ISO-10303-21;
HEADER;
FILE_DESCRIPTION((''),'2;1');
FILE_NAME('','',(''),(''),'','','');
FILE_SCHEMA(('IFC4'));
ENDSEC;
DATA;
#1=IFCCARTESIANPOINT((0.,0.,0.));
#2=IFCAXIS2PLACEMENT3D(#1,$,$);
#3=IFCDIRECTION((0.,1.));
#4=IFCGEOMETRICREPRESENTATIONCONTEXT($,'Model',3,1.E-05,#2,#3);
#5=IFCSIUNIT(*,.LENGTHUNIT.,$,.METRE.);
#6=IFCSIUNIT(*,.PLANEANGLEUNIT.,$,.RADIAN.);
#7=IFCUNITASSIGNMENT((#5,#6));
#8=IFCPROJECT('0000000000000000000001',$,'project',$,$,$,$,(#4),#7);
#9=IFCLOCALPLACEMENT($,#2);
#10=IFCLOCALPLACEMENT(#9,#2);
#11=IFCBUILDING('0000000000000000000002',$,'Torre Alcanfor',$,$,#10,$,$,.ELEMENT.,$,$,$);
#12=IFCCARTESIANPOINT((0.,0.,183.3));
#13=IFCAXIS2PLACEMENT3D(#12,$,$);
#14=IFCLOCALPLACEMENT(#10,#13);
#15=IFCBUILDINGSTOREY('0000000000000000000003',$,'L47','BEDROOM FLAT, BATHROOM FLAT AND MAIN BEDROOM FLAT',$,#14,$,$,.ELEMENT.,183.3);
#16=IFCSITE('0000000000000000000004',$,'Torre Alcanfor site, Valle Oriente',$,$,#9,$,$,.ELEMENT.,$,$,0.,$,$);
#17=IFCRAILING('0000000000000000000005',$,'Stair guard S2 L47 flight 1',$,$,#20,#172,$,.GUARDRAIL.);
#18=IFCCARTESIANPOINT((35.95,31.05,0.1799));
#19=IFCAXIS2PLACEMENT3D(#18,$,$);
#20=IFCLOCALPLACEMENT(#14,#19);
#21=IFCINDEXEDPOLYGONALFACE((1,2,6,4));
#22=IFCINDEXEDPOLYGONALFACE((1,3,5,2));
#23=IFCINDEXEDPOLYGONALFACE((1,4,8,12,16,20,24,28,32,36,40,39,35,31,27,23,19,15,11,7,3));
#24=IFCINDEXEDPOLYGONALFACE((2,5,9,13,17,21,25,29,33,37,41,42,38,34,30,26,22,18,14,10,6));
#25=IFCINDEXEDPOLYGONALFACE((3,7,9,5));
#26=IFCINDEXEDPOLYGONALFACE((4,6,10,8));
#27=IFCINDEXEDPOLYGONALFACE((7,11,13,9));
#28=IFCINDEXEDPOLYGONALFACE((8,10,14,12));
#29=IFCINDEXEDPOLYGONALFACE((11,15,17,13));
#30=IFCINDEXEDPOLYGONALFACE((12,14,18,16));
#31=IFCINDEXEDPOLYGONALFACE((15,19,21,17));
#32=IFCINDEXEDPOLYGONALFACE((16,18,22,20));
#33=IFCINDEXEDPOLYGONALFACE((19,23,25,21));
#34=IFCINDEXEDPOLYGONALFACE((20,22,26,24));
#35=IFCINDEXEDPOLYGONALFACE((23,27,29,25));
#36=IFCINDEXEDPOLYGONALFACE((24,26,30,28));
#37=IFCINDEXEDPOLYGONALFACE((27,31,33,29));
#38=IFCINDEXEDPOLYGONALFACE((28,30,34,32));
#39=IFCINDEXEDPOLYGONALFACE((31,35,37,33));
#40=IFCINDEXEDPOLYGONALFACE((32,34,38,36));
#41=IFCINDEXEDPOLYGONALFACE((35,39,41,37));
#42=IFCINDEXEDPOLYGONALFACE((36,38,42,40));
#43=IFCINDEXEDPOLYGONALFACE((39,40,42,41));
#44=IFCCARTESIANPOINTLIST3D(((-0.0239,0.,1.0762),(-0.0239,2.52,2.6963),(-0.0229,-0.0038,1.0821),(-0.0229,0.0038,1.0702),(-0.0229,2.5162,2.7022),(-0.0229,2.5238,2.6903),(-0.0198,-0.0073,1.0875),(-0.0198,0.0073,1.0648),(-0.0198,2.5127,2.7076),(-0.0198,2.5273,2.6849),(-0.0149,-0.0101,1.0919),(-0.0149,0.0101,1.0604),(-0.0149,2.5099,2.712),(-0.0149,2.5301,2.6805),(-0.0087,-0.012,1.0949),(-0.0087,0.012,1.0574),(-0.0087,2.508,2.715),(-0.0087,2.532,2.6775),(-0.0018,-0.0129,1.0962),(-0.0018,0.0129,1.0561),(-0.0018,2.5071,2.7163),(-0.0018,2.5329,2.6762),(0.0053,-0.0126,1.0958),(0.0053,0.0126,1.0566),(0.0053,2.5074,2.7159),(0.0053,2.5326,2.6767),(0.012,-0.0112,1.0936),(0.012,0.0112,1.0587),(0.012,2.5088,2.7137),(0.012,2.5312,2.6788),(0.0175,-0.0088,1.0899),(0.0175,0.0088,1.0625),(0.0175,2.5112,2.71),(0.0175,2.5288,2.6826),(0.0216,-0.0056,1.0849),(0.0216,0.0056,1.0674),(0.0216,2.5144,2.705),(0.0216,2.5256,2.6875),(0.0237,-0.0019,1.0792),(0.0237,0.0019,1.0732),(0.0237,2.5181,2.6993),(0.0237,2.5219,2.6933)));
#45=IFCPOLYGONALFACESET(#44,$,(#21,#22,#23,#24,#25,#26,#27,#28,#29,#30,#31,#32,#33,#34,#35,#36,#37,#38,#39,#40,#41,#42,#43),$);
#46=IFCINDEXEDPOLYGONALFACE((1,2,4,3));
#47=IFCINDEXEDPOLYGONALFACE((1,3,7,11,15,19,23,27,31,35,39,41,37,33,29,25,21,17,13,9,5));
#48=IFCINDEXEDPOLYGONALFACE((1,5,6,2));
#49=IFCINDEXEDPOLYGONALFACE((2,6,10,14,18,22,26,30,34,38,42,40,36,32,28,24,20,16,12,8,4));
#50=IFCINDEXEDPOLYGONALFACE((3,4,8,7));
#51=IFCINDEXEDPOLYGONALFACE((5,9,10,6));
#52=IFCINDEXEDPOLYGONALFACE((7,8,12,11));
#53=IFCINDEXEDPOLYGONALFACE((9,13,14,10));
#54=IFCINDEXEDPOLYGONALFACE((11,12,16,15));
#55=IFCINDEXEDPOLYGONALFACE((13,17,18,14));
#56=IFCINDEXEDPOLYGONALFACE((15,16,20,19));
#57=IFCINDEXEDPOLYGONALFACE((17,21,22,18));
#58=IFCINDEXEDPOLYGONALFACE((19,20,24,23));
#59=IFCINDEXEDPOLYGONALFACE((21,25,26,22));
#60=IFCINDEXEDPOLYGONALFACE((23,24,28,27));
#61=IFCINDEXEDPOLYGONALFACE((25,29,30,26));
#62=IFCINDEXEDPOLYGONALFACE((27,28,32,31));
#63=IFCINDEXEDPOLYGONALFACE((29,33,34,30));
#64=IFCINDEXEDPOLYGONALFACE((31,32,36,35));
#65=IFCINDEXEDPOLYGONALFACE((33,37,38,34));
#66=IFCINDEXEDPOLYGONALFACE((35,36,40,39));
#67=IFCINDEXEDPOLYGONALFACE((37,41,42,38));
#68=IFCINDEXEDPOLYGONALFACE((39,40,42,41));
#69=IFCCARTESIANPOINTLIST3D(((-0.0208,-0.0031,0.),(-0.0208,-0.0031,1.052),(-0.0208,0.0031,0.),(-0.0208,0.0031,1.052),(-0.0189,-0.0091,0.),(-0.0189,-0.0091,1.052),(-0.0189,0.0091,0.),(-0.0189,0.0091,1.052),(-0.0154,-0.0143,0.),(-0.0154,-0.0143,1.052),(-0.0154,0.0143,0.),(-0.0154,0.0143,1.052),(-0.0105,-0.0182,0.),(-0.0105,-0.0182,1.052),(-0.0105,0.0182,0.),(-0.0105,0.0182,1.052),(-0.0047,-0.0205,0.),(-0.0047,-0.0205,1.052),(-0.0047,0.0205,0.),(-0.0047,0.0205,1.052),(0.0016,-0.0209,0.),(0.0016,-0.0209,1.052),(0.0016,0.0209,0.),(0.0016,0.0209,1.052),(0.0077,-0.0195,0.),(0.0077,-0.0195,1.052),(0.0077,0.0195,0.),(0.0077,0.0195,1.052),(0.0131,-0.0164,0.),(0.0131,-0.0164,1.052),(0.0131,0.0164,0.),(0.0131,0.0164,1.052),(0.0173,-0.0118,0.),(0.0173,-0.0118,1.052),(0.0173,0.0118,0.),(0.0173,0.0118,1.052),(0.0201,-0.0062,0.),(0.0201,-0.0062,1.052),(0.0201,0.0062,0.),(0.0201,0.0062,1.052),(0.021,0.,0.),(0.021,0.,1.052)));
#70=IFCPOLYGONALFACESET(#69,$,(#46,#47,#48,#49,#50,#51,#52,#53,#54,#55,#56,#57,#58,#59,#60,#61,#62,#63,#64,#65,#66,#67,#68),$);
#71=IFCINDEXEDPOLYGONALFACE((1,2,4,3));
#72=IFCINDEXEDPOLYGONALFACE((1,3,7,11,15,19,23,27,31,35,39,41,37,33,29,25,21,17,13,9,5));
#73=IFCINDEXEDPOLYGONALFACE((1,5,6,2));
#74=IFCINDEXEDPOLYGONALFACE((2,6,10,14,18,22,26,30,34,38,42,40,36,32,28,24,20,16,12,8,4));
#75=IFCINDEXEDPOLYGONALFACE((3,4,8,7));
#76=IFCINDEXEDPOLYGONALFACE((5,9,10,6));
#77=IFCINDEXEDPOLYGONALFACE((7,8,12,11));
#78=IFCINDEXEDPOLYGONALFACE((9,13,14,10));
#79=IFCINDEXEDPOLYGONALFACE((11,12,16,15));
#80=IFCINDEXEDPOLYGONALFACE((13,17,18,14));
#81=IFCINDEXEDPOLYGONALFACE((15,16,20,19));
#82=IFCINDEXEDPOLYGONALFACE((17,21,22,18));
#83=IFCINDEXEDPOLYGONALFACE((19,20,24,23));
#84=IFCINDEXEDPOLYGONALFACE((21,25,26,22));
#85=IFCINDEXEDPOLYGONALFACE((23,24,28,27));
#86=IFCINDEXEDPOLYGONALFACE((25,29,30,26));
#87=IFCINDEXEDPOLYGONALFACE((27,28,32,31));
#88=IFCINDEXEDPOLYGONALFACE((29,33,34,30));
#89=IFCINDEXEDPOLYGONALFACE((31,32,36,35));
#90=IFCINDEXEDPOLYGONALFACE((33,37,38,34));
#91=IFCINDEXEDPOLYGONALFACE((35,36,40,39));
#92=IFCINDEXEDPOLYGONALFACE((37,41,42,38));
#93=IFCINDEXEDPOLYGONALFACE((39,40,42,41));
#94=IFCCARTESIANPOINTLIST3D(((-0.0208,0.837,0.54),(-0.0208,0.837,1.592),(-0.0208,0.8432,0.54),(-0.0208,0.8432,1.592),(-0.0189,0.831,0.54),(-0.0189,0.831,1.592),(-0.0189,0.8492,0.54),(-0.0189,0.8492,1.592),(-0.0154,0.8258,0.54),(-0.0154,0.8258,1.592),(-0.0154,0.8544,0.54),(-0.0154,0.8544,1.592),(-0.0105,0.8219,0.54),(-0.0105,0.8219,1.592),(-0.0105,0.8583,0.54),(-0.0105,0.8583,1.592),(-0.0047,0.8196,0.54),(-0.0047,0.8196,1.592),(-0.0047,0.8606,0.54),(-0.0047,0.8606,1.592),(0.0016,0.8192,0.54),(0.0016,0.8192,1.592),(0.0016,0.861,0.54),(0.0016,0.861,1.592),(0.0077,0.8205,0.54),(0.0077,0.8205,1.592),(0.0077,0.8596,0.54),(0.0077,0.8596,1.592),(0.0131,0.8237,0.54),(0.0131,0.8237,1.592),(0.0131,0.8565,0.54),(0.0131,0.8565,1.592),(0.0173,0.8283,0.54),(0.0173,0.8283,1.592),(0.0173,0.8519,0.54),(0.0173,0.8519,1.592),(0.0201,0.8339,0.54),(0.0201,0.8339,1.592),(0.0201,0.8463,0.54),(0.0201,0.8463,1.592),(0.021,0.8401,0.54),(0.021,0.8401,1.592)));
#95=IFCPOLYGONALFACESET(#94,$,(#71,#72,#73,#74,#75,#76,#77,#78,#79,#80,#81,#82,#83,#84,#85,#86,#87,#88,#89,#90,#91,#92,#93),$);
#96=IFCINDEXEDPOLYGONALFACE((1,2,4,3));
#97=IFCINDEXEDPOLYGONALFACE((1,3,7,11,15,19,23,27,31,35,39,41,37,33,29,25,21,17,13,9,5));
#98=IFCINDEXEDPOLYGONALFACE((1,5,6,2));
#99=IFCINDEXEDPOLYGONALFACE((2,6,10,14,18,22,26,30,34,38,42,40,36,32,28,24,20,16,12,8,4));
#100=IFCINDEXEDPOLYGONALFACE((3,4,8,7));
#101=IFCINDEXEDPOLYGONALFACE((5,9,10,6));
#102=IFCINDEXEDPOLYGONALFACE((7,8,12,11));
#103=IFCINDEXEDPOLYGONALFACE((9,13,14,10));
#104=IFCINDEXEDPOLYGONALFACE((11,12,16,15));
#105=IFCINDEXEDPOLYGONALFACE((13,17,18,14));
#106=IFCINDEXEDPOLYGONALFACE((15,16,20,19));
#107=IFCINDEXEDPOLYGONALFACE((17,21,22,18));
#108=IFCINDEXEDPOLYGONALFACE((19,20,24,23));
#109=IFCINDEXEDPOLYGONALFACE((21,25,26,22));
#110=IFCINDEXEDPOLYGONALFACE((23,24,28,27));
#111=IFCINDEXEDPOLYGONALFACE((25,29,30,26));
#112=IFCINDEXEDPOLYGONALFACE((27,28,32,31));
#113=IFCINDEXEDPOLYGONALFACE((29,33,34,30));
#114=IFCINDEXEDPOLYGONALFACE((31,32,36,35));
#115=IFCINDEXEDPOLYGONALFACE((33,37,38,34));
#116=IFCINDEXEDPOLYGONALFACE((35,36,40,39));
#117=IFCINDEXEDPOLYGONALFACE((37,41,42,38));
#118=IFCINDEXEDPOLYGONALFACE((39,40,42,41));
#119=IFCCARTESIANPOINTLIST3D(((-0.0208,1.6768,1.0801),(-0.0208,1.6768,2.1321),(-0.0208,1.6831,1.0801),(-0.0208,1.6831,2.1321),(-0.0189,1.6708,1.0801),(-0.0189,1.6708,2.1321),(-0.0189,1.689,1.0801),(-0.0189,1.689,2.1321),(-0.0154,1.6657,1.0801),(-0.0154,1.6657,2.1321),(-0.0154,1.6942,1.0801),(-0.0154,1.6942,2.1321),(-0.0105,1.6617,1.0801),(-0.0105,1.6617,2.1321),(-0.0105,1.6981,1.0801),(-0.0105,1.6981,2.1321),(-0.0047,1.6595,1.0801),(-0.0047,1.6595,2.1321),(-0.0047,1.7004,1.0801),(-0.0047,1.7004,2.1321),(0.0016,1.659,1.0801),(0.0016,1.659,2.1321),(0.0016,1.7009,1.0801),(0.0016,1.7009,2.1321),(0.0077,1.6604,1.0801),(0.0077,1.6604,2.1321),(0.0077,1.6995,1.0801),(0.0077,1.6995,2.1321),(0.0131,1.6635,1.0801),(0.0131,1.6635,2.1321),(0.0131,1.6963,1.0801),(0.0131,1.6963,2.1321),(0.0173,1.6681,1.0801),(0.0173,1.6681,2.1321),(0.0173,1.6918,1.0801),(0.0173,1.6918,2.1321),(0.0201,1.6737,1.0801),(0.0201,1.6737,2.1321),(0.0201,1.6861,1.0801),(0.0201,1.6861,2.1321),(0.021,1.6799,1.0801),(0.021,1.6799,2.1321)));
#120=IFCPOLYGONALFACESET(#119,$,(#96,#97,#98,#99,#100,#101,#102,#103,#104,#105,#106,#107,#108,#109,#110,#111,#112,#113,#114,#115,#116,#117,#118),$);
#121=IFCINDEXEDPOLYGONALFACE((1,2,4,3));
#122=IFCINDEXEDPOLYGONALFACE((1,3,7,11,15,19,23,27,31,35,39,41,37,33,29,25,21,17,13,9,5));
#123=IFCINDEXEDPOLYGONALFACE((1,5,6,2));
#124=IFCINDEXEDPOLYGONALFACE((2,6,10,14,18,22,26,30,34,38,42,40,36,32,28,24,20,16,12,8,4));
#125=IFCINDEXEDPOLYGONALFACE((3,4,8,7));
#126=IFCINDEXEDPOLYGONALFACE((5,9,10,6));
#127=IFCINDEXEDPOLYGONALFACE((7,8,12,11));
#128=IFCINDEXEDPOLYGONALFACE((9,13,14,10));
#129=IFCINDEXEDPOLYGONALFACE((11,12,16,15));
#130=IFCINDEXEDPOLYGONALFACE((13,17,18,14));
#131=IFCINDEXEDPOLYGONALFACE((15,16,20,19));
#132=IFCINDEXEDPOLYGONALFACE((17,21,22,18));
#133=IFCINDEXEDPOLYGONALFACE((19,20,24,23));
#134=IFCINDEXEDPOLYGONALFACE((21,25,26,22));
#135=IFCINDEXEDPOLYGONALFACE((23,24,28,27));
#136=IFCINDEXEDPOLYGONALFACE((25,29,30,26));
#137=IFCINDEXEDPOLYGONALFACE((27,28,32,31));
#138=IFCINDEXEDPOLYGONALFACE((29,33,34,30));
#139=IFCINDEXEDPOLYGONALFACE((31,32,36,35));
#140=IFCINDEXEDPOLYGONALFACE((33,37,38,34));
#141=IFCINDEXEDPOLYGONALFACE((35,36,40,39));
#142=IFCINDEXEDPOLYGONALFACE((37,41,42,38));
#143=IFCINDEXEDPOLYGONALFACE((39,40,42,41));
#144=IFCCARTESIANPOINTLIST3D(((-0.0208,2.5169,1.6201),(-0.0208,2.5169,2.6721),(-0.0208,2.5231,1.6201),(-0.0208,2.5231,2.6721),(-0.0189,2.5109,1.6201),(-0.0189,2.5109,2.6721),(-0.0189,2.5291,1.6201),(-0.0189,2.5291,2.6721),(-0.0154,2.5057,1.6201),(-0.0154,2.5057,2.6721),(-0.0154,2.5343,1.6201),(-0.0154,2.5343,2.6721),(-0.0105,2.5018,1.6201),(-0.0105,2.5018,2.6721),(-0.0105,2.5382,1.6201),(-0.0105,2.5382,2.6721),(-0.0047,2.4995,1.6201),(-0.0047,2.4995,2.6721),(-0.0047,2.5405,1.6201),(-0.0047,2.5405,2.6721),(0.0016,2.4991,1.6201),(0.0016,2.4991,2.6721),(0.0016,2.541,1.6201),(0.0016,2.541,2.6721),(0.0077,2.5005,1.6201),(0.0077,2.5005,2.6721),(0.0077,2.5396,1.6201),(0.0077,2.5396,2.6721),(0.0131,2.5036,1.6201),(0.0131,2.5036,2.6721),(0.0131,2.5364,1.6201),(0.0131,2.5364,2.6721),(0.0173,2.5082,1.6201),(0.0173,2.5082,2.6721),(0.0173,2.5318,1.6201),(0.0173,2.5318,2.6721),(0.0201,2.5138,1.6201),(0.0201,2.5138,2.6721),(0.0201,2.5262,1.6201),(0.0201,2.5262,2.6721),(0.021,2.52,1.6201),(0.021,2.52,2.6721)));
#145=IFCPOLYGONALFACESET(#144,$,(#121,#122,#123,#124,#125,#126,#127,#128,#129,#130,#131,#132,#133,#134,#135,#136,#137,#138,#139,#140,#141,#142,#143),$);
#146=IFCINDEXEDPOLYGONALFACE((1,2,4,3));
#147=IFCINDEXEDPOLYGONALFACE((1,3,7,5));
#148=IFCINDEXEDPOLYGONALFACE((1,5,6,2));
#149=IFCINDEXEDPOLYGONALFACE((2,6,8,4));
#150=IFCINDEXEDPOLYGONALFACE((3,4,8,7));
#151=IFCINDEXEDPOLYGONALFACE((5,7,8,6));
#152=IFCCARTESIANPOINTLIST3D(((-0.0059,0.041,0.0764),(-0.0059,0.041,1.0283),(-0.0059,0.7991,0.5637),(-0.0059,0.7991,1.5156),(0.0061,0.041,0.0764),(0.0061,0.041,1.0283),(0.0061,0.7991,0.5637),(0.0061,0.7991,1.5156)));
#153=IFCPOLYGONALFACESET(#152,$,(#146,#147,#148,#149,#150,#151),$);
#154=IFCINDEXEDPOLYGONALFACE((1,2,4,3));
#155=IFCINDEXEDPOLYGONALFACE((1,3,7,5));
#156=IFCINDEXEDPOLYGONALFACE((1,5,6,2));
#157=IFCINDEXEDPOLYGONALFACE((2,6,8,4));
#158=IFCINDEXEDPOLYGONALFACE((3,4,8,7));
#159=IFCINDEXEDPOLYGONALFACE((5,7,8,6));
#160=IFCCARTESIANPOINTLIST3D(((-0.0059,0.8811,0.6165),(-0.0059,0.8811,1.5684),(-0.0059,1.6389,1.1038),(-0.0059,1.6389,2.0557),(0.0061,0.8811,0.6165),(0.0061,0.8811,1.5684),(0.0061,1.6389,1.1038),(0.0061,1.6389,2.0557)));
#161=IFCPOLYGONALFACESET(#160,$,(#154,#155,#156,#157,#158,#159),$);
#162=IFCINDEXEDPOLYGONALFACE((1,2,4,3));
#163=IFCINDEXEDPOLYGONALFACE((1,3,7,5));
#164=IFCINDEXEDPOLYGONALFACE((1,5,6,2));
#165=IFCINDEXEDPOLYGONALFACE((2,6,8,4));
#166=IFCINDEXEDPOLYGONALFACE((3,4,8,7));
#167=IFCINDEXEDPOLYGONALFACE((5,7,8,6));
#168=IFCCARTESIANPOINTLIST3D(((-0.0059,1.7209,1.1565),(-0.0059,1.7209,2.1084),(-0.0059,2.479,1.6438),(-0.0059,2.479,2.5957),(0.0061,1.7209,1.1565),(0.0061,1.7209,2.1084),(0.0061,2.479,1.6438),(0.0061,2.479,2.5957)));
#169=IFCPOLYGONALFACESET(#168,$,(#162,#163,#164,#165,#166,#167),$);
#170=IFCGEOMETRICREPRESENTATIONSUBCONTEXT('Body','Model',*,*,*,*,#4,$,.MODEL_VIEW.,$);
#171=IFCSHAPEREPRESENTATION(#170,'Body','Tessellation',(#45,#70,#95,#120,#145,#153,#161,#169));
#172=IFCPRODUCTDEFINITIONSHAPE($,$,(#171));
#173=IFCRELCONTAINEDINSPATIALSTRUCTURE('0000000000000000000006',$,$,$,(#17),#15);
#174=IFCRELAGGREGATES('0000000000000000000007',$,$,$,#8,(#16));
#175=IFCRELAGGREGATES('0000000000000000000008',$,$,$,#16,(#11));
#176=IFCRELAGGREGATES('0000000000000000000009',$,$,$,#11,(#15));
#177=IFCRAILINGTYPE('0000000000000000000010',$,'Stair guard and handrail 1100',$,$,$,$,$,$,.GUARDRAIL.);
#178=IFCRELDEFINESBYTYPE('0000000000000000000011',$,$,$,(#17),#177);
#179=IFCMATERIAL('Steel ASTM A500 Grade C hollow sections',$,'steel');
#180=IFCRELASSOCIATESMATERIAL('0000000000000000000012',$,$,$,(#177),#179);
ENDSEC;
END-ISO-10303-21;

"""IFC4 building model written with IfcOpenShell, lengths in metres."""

from ifc_helpers import new_model, si_unit, direction, frame, origin, origin_2d, place, context, subcontext, project, spatial, polyline, circle, outline, extrude, material, type_object, element, save


model = new_model("IFC4")

# Units and contexts
model_context = context("Model", 3, precision=1e-05, world=origin(), true_north=direction((0.0, 1.0)))
body_context = subcontext(model_context, "Body", "Model", "MODEL_VIEW")
ifc_project = project(units=[si_unit("LENGTHUNIT", "METRE"), si_unit("PLANEANGLEUNIT", "RADIAN")], contexts=[model_context])

# Site, building, storey
site_placement = place(None, origin())
site = spatial("IfcSite", under=ifc_project, at=site_placement, Name="Torre Alcanfor site, Valle Oriente", CompositionType="ELEMENT", RefElevation=0.0)
building_placement = place(site_placement, origin())
building = spatial("IfcBuilding", under=site, at=building_placement, Name="Torre Alcanfor", CompositionType="ELEMENT")
storey_placement = place(building_placement, frame((0.0, 0.0, 183.3)))
storey = spatial("IfcBuildingStorey", under=building, at=storey_placement, Name="L47", Description="BEDROOM FLAT, BATHROOM FLAT AND MAIN BEDROOM FLAT", CompositionType="ELEMENT", Elevation=183.3)

# Railing
ifc_material_1 = material(Name="Steel ASTM A500 Grade C hollow sections", Category="steel")
railing_type_1 = type_object("IfcRailingType", Name="Stair guard and handrail 1100", PredefinedType="GUARDRAIL", material=ifc_material_1)
railing_1_placement = place(storey_placement, frame((35.95, 31.05, 0.1799)))
element("IfcRailing", 1, at=railing_1_placement, inside=storey, type_object=railing_type_1, Name="Stair guard S2 L47 flight 1", PredefinedType="GUARDRAIL", context=body_context, shape_type="SweptSolid", body=[
    extrude(circle(Radius=0.0239, at=origin_2d()), frame((0.0, 0.0, 1.0762), z_axis=(0.0, 0.841163, 0.540782), x_axis=(-1.0, 0.0, 0.0)), (0.0, 0.0, 1.0), 2.9958),
    extrude(circle(Radius=0.021, at=origin_2d()), origin(), (0.0, 0.0, 1.0), 1.052),
    extrude(circle(Radius=0.021, at=origin_2d()), frame((0.0, 0.8401, 0.54)), (0.0, 0.0, 1.0), 1.052),
    extrude(circle(Radius=0.021, at=origin_2d()), frame((0.0, 1.6799, 1.0801)), (0.0, 0.0, 1.0), 1.052),
    extrude(circle(Radius=0.021, at=origin_2d()), frame((0.0, 2.52, 1.6201)), (0.0, 0.0, 1.0), 1.052),
    extrude(outline(polyline([(0.041, 0.0764), (0.7991, 0.5637), (0.7991, 1.5156), (0.041, 1.0283), (0.041, 0.0764)])), frame((-0.0059, 0.0, 0.0), z_axis=(1.0, 0.0, 0.0), x_axis=(0.0, 1.0, 0.0)), (0.0, 0.0, 1.0), 0.012),
    extrude(outline(polyline([(0.8811, 0.6165), (1.6389, 1.1038), (1.6389, 2.0557), (0.8811, 1.5684), (0.8811, 0.6165)])), frame((-0.0059, 0.0, 0.0), z_axis=(1.0, 0.0, 0.0), x_axis=(0.0, 1.0, 0.0)), (0.0, 0.0, 1.0), 0.012),
    extrude(outline(polyline([(1.7209, 1.1565), (2.479, 1.6438), (2.479, 2.5957), (1.7209, 2.1084), (1.7209, 1.1565)])), frame((-0.0059, 0.0, 0.0), z_axis=(1.0, 0.0, 0.0), x_axis=(0.0, 1.0, 0.0)), (0.0, 0.0, 1.0), 0.012),
])

save(model, "model.ifc")
